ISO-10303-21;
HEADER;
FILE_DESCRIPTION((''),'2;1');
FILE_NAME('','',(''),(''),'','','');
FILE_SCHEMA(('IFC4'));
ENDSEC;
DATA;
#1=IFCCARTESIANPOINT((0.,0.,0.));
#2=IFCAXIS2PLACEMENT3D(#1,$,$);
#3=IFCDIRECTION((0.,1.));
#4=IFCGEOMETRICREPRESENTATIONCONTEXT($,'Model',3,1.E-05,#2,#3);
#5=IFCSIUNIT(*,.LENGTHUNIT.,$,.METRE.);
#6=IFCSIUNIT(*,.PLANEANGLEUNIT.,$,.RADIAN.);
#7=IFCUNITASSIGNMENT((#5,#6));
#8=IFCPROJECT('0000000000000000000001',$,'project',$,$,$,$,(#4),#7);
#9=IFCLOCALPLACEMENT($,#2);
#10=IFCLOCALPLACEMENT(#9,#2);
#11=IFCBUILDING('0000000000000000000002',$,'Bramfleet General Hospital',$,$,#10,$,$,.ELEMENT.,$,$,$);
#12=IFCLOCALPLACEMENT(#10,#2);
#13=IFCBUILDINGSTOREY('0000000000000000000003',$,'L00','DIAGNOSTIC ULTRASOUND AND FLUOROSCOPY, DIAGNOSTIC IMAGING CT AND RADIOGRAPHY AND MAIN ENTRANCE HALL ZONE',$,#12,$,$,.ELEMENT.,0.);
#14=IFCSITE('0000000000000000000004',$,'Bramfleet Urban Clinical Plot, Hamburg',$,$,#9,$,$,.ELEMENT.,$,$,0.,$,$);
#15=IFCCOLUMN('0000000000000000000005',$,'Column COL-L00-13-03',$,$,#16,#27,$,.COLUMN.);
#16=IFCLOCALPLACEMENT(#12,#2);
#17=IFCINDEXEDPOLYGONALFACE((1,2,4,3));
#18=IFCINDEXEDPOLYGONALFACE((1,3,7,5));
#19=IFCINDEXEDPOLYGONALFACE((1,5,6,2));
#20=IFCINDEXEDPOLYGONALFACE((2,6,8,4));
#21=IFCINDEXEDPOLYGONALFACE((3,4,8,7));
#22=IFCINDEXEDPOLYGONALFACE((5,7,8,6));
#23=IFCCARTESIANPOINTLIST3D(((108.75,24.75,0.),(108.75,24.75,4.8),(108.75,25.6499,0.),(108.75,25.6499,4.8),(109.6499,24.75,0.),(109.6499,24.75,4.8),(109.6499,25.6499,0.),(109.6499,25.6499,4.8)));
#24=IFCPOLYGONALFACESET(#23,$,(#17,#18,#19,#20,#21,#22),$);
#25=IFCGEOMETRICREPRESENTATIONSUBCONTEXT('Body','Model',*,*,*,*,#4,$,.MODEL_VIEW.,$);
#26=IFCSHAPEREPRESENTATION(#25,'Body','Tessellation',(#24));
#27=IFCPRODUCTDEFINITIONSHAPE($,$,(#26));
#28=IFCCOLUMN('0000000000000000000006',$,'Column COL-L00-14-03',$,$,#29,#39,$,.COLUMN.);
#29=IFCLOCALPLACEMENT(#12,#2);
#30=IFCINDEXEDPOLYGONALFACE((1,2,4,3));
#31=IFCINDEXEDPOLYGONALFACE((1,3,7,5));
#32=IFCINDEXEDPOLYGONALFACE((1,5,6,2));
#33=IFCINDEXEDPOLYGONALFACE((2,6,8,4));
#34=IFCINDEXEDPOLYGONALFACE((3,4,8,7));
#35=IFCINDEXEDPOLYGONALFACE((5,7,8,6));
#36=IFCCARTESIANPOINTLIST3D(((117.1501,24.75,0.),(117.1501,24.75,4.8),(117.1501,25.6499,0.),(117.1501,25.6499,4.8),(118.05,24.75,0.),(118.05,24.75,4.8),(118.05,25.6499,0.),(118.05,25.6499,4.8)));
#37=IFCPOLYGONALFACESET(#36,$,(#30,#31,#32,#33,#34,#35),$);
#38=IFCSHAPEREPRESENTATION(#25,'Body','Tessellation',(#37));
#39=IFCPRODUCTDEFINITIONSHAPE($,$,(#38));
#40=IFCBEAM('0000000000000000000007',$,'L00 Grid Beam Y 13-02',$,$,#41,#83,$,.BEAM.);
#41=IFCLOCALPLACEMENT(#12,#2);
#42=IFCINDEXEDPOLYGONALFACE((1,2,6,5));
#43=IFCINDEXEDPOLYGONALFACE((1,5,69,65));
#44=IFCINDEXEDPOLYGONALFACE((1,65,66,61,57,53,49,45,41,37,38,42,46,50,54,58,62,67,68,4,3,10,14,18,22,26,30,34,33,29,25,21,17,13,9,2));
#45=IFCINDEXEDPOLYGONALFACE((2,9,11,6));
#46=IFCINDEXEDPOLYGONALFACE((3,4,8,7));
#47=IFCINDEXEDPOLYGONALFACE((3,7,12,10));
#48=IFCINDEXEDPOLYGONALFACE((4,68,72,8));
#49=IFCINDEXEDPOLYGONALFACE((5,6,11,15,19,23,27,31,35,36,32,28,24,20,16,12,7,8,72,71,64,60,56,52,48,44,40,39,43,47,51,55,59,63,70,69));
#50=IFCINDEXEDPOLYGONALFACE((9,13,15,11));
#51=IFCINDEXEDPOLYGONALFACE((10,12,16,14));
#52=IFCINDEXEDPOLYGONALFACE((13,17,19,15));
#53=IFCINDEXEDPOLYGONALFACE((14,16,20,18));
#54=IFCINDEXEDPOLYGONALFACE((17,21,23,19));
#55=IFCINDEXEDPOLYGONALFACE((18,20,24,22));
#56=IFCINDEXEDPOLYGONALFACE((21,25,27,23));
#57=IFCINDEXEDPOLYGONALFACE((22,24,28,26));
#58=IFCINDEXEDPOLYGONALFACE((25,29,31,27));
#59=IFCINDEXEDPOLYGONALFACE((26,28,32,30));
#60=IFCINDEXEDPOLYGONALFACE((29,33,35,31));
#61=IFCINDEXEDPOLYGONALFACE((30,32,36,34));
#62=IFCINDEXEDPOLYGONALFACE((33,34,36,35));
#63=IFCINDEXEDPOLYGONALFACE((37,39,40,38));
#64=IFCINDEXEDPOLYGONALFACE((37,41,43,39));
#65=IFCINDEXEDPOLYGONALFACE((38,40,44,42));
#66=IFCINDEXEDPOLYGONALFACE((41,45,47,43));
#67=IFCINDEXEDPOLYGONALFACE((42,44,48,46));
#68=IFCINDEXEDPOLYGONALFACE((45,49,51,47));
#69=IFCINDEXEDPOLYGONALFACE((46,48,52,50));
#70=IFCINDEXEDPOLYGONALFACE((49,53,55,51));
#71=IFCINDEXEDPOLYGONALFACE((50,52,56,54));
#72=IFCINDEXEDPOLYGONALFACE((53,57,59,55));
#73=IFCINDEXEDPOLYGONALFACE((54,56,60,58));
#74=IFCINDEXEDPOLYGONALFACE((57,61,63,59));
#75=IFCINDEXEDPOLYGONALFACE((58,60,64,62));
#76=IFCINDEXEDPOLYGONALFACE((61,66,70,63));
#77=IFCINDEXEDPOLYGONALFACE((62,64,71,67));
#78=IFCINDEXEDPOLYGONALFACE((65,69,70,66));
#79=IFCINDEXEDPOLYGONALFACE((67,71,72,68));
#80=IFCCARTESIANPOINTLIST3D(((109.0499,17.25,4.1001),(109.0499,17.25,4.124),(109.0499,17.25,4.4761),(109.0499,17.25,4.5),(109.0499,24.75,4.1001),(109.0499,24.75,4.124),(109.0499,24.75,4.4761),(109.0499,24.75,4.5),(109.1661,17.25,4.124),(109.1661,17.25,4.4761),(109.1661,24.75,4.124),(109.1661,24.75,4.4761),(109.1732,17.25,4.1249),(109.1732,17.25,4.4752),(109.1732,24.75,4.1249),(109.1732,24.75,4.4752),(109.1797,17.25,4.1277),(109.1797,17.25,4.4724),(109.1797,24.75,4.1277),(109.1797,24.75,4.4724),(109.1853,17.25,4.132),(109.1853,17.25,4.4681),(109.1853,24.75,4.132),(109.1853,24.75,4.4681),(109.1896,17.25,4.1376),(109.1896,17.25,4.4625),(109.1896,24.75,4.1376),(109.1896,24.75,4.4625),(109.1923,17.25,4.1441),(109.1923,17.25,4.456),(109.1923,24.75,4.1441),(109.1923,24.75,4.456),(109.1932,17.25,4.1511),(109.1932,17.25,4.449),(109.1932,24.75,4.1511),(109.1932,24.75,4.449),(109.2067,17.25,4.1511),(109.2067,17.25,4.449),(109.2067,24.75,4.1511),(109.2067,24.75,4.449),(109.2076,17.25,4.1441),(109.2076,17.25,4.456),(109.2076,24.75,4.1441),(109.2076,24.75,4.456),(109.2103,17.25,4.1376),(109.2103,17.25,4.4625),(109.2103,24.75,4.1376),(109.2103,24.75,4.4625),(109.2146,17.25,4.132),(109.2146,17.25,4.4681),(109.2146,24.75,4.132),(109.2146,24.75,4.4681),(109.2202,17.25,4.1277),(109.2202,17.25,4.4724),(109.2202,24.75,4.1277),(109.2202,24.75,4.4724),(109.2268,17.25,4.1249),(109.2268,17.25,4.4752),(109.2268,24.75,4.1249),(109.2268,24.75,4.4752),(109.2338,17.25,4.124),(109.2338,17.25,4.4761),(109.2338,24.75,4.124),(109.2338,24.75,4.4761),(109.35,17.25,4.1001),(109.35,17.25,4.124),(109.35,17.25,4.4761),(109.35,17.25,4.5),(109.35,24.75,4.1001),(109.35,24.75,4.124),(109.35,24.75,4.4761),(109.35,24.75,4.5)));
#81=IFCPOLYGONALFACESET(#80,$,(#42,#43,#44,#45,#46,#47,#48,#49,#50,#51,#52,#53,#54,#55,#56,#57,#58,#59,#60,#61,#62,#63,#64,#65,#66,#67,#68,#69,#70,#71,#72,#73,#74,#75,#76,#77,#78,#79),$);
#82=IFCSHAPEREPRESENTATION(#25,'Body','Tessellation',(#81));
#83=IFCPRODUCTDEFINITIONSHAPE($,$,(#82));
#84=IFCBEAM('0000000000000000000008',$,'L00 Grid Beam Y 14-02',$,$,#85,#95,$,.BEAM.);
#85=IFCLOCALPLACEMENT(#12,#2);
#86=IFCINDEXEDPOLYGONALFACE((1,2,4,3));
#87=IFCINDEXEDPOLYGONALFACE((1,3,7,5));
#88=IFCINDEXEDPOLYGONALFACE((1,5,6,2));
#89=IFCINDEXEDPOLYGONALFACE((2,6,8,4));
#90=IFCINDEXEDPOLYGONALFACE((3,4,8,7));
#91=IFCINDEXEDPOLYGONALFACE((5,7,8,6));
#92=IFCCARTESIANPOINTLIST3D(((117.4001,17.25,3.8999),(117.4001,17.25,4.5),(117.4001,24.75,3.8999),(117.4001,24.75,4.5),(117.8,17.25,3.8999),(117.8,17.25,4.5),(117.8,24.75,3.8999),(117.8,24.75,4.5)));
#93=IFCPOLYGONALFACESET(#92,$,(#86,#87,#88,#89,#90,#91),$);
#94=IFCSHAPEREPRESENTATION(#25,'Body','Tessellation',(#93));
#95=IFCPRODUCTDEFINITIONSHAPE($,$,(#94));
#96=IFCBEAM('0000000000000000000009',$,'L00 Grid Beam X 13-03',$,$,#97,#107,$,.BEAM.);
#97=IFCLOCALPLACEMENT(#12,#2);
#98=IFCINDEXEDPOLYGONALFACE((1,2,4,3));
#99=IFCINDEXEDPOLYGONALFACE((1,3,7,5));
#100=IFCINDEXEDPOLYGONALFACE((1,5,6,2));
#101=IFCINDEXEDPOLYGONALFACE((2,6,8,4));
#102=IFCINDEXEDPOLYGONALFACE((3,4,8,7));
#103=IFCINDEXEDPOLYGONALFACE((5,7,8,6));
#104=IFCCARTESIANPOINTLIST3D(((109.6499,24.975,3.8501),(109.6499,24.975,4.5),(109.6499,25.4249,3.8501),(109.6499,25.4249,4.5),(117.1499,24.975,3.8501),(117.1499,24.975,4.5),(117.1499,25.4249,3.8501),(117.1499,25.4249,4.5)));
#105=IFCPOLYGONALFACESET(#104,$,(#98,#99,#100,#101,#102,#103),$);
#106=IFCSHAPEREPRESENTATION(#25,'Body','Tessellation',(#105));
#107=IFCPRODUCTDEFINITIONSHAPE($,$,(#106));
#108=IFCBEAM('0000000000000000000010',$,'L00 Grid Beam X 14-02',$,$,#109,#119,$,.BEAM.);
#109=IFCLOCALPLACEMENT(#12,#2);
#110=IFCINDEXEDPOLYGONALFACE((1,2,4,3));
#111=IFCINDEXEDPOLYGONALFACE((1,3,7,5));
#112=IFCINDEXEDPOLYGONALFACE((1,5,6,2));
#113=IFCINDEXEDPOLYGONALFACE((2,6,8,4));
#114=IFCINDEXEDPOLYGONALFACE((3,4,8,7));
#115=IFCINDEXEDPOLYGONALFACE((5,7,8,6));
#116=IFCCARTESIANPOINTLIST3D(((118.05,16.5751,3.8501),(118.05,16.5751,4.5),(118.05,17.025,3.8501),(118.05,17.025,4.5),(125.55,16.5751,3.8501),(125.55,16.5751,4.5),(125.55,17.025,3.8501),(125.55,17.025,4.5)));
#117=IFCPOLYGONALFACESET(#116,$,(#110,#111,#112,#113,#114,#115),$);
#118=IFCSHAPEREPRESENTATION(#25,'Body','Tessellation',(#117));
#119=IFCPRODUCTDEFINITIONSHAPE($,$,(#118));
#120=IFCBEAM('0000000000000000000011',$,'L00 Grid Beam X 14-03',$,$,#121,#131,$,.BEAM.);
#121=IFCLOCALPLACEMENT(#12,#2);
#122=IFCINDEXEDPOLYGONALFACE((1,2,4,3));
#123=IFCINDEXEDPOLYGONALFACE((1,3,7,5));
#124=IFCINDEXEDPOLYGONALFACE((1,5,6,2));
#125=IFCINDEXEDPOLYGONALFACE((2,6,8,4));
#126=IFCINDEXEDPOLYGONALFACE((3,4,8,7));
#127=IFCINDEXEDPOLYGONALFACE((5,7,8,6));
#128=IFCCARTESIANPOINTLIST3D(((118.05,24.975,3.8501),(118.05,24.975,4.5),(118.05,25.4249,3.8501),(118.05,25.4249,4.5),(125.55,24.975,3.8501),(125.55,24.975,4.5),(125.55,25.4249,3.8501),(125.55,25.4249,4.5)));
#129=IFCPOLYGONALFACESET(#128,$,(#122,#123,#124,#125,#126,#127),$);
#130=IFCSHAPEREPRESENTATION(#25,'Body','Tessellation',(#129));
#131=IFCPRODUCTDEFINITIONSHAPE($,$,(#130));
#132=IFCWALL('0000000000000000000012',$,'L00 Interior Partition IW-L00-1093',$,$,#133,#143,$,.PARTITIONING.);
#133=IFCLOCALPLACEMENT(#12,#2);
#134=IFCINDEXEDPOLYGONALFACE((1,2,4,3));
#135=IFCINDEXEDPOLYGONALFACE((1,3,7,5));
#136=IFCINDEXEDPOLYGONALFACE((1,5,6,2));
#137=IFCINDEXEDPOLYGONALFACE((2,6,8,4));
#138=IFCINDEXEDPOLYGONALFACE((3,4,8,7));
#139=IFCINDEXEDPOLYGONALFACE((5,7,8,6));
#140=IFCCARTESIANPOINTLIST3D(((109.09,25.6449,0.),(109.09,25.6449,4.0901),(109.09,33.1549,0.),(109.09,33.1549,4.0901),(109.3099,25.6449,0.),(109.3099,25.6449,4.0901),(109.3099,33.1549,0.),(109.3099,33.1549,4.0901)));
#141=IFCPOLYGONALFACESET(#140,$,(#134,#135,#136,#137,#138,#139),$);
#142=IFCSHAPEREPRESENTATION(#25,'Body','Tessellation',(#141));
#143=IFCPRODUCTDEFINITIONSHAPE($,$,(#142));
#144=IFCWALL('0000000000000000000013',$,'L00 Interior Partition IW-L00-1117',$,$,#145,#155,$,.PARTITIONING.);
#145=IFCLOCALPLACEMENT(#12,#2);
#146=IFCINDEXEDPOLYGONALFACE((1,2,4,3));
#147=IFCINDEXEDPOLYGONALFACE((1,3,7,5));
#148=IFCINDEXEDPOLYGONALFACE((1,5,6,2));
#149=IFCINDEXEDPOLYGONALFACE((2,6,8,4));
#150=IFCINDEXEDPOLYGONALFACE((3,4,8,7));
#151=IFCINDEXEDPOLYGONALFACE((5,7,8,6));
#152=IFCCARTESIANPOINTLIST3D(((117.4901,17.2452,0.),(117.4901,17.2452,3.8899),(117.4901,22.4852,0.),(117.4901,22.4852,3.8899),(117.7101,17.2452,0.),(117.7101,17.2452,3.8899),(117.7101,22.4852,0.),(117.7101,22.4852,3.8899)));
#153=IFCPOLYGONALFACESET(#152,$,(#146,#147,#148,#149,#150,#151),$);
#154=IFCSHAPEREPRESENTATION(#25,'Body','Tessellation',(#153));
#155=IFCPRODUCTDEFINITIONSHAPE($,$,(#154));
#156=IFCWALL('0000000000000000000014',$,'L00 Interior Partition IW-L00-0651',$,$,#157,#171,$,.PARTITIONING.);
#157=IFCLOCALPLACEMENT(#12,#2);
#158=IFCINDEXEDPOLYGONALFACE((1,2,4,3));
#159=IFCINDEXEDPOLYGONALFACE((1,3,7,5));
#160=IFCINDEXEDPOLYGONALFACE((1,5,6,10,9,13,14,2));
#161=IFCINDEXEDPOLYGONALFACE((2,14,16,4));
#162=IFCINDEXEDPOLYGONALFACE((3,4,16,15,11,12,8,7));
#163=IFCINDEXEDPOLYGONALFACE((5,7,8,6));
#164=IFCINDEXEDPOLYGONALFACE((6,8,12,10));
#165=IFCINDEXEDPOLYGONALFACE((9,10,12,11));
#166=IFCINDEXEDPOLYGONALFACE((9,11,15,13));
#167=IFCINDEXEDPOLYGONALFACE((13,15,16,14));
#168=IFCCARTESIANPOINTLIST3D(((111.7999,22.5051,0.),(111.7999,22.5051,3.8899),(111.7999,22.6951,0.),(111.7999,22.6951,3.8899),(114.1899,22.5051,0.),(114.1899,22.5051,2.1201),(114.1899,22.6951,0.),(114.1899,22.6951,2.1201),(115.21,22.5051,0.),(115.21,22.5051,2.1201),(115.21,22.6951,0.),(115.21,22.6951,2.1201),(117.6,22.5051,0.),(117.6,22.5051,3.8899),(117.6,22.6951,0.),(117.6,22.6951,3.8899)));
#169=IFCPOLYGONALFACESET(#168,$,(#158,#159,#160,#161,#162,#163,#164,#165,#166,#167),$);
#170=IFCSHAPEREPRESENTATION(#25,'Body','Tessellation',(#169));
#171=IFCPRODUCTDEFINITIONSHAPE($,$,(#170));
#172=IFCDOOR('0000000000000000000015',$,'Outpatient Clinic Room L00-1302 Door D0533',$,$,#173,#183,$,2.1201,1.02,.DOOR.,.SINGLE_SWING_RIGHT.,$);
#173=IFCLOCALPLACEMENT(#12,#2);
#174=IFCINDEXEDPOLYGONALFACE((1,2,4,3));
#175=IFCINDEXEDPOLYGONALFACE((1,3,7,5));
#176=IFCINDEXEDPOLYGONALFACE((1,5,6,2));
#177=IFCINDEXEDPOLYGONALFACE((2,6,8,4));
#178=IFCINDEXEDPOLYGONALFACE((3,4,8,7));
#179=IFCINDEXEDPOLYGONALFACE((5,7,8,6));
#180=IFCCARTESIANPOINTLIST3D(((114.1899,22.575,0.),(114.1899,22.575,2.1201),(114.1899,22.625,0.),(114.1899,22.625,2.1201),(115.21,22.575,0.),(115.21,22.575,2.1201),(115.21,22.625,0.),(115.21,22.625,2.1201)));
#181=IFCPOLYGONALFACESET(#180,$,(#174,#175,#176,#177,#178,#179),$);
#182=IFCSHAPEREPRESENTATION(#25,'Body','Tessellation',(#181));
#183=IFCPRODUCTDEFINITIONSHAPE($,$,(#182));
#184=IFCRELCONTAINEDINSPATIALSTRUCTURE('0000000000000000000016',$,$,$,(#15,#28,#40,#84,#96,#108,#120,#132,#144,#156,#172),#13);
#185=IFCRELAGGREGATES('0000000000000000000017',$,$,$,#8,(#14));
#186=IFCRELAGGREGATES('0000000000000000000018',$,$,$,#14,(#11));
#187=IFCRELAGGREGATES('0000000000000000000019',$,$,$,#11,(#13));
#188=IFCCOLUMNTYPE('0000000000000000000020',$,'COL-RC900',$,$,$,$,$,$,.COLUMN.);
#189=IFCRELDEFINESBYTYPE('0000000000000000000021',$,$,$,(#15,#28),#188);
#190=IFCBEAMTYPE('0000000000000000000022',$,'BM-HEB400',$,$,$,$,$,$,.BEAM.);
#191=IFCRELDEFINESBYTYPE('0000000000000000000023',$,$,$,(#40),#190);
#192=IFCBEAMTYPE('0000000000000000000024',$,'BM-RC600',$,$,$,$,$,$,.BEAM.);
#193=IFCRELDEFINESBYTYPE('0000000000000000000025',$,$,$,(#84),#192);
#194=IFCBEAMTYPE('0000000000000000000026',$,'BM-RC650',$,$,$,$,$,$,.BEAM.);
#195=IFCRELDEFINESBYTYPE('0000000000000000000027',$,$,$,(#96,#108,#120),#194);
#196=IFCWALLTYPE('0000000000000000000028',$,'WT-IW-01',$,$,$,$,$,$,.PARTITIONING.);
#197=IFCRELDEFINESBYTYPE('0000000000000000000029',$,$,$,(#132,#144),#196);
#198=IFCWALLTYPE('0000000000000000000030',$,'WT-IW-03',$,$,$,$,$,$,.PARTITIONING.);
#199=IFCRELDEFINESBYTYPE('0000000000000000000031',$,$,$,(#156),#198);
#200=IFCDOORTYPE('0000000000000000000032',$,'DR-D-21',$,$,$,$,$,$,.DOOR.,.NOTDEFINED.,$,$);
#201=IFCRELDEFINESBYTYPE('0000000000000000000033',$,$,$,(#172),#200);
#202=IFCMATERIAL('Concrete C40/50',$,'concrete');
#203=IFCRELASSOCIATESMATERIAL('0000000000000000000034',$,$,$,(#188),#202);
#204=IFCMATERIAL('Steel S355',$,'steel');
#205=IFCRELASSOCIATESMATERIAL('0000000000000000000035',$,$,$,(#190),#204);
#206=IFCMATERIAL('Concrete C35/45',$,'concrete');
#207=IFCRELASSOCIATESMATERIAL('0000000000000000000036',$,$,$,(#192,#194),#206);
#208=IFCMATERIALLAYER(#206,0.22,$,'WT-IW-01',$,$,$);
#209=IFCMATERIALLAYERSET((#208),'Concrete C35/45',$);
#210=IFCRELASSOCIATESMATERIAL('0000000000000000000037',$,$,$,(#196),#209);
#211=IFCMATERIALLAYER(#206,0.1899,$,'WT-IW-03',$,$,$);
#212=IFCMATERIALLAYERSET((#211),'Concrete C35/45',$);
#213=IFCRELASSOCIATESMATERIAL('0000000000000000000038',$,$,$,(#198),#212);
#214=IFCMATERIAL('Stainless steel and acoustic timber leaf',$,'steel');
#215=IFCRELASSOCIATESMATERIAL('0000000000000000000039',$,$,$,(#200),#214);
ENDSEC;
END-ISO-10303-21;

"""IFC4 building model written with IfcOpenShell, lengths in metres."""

from ifc_helpers import new_model, si_unit, direction, frame, frame_2d, origin, origin_2d, place, context, subcontext, project, spatial, rectangle, i_section, extrude, material, layer, layer_set, material_profile, profile_set, type_object, element, fill, save


model = new_model("IFC4")

# Units and contexts
model_context = context("Model", 3, precision=1e-05, world=origin(), true_north=direction((0.0, 1.0)))
body_context = subcontext(model_context, "Body", "Model", "MODEL_VIEW")
ifc_project = project(units=[si_unit("LENGTHUNIT", "METRE"), si_unit("PLANEANGLEUNIT", "RADIAN")], contexts=[model_context])

# Site, building, storey
site_placement = place(None, origin())
site = spatial("IfcSite", under=ifc_project, at=site_placement, Name="Bramfleet Urban Clinical Plot, Hamburg", CompositionType="ELEMENT", RefElevation=0.0)
building_placement = place(site_placement, origin())
building = spatial("IfcBuilding", under=site, at=building_placement, Name="Bramfleet General Hospital", CompositionType="ELEMENT")
storey_placement = place(building_placement, origin())
storey = spatial("IfcBuildingStorey", under=building, at=storey_placement, Name="L00", Description="DIAGNOSTIC ULTRASOUND AND FLUOROSCOPY, DIAGNOSTIC IMAGING CT AND RADIOGRAPHY AND MAIN ENTRANCE HALL ZONE", CompositionType="ELEMENT", Elevation=0.0)

# Columns
ifc_material_1 = material(Name="Concrete C40/50", Category="concrete")
ifc_material_profile_1 = material_profile(ifc_material_1, rectangle(XDim=0.8999, YDim=0.8999, at=origin_2d()), Name="RC COL 900x900")
ifc_profile_set_1 = profile_set([ifc_material_profile_1], Name="Concrete C40/50")
column_type = type_object("IfcColumnType", Name="COL-RC900", PredefinedType="COLUMN", material=ifc_profile_set_1)
for number, where, z_axis, x_axis, name in (
    (1, (109.2, 25.2, 0.0), (0.0, 0.0, 1.0), (1.0, 0.0, 0.0), "Column COL-L00-13-03"),
    (2, (117.6001, 25.2, 0.0), (0.0, 0.0, 1.0), (1.0, 0.0, 0.0), "Column COL-L00-14-03"),
):
    element("IfcColumn", number, at=place(storey_placement, frame(where, z_axis=z_axis, x_axis=x_axis)), inside=storey, type_object=column_type, Name=name, PredefinedType="COLUMN", context=body_context, shape_type="SweptSolid", body=[
        extrude(rectangle(XDim=0.8999, YDim=0.8999, at=origin_2d()), origin(), (0.0, 0.0, 1.0), 4.8),
    ])

# Beams
ifc_material_2 = material(Name="Steel S355", Category="steel")
ifc_material_profile_2 = material_profile(ifc_material_2, i_section(OverallWidth=0.3, OverallDepth=0.3999, WebThickness=0.0134, FlangeThickness=0.0239, FilletRadius=0.0271, at=origin_2d()), Name="HEB 400")
ifc_profile_set_2 = profile_set([ifc_material_profile_2], Name="Steel S355")
beam_type_1 = type_object("IfcBeamType", Name="BM-HEB400", PredefinedType="BEAM", material=ifc_profile_set_2)
beam_1_placement = place(storey_placement, frame((109.2, 17.25, 4.3), z_axis=(0.0, 1.0, 0.0), x_axis=(-1.0, 0.0, 0.0)))
element("IfcBeam", 3, at=beam_1_placement, inside=storey, type_object=beam_type_1, Name="L00 Grid Beam Y 13-02", PredefinedType="BEAM", context=body_context, shape_type="SweptSolid", body=[
    extrude(i_section(OverallWidth=0.3, OverallDepth=0.3999, WebThickness=0.0134, FlangeThickness=0.0239, FilletRadius=0.0271, at=origin_2d()), origin(), (0.0, 0.0, 1.0), 7.5),
])
ifc_material_3 = material(Name="Concrete C35/45", Category="concrete")
ifc_material_profile_3 = material_profile(ifc_material_3, rectangle(XDim=0.3999, YDim=0.6001, at=origin_2d()), Name="RC BM 600x400")
ifc_profile_set_3 = profile_set([ifc_material_profile_3], Name="Concrete C35/45")
beam_type_2 = type_object("IfcBeamType", Name="BM-RC600", PredefinedType="BEAM", material=ifc_profile_set_3)
beam_2_placement = place(storey_placement, frame((117.6001, 17.25, 4.2), z_axis=(0.0, 1.0, 0.0), x_axis=(-1.0, 0.0, 0.0)))
element("IfcBeam", 4, at=beam_2_placement, inside=storey, type_object=beam_type_2, Name="L00 Grid Beam Y 14-02", PredefinedType="BEAM", context=body_context, shape_type="SweptSolid", body=[
    extrude(rectangle(XDim=0.3999, YDim=0.6001, at=origin_2d()), origin(), (0.0, 0.0, 1.0), 7.5),
])
ifc_material_profile_4 = material_profile(ifc_material_3, rectangle(XDim=0.45, YDim=0.6499, at=origin_2d()), Name="RC BM 650x450")
ifc_profile_set_4 = profile_set([ifc_material_profile_4], Name="Concrete C35/45")
beam_type_3 = type_object("IfcBeamType", Name="BM-RC650", PredefinedType="BEAM", material=ifc_profile_set_4)
for number, where, z_axis, x_axis, name in (
    (5, (109.6499, 25.2, 4.175), (1.0, 0.0, 0.0), (0.0, 1.0, 0.0), "L00 Grid Beam X 13-03"),
    (6, (118.05, 16.8, 4.175), (1.0, 0.0, 0.0), (0.0, 1.0, 0.0), "L00 Grid Beam X 14-02"),
    (7, (118.05, 25.2, 4.175), (1.0, 0.0, 0.0), (0.0, 1.0, 0.0), "L00 Grid Beam X 14-03"),
):
    element("IfcBeam", number, at=place(storey_placement, frame(where, z_axis=z_axis, x_axis=x_axis)), inside=storey, type_object=beam_type_3, Name=name, PredefinedType="BEAM", context=body_context, shape_type="SweptSolid", body=[
        extrude(rectangle(XDim=0.45, YDim=0.6499, at=origin_2d()), origin(), (0.0, 0.0, 1.0), 7.5),
    ])

# Walls
ifc_layer_1 = layer(ifc_material_3, 0.22, Name="WT-IW-01")
ifc_layer_set_1 = layer_set([ifc_layer_1], Name="Concrete C35/45")
wall_type_1 = type_object("IfcWallType", Name="WT-IW-01", PredefinedType="PARTITIONING", material=ifc_layer_set_1)
wall_1_placement = place(storey_placement, frame((109.2, 25.645, 0.0), z_axis=(0.0, 0.0, 1.0), x_axis=(0.0, 1.0, 0.0)))
element("IfcWall", 8, at=wall_1_placement, inside=storey, type_object=wall_type_1, Name="L00 Interior Partition IW-L00-1093", PredefinedType="PARTITIONING", context=body_context, shape_type="SweptSolid", body=[
    extrude(rectangle(XDim=7.51, YDim=0.22, at=frame_2d((3.7549, 0.0))), origin(), (0.0, 0.0, 1.0), 4.0901),
])
wall_2_placement = place(storey_placement, frame((117.6001, 17.2451, 0.0), z_axis=(0.0, 0.0, 1.0), x_axis=(0.0, 1.0, 0.0)))
element("IfcWall", 9, at=wall_2_placement, inside=storey, type_object=wall_type_1, Name="L00 Interior Partition IW-L00-1117", PredefinedType="PARTITIONING", context=body_context, shape_type="SweptSolid", body=[
    extrude(rectangle(XDim=5.24, YDim=0.22, at=frame_2d((2.6201, 0.0))), origin(), (0.0, 0.0, 1.0), 3.8899),
])

# Wall, opening, door
ifc_layer_2 = layer(ifc_material_3, 0.1899, Name="WT-IW-03")
ifc_layer_set_2 = layer_set([ifc_layer_2], Name="Concrete C35/45")
wall_type_2 = type_object("IfcWallType", Name="WT-IW-03", PredefinedType="PARTITIONING", material=ifc_layer_set_2)
wall_3_placement = place(storey_placement, frame((111.8, 22.6001, 0.0), z_axis=(0.0, 0.0, 1.0), x_axis=(1.0, 0.0, 0.0)))
wall_3 = element("IfcWall", 10, at=wall_3_placement, inside=storey, type_object=wall_type_2, Name="L00 Interior Partition IW-L00-0651", PredefinedType="PARTITIONING", context=body_context, shape_type="SweptSolid", body=[
    extrude(rectangle(XDim=5.8, YDim=0.1899, at=frame_2d((2.8999, 0.0))), origin(), (0.0, 0.0, 1.0), 3.8899),
])
opening_1_placement = place(wall_3_placement, frame((2.3899, 0.0, 0.0)))
opening_1 = element("IfcOpeningElement", 11, at=opening_1_placement, cuts=wall_3, PredefinedType="OPENING", context=body_context, shape_type="SweptSolid", body=[
    extrude(rectangle(XDim=1.02, YDim=2.1201, at=frame_2d((0.51, 1.0601))), frame((0.0, 0.105, 0.0), z_axis=(0.0, -1.0, 0.0), x_axis=(1.0, 0.0, 0.0)), (0.0, 0.0, 1.0), 0.21),
])
ifc_material_4 = material(Name="Stainless steel and acoustic timber leaf", Category="steel")
door_type_1 = type_object("IfcDoorType", Name="DR-D-21", OperationType="NOTDEFINED", PredefinedType="DOOR", material=ifc_material_4)
door_1_placement = place(opening_1_placement, origin())
door_1 = element("IfcDoor", 12, at=door_1_placement, inside=storey, type_object=door_type_1, Name="Outpatient Clinic Room L00-1302 Door D0533", OperationType="SINGLE_SWING_RIGHT", OverallHeight=2.1201, OverallWidth=1.02, PredefinedType="DOOR", context=body_context, shape_type="SweptSolid", body=[
    extrude(rectangle(XDim=1.02, YDim=2.1201, at=frame_2d((0.51, 1.0601))), frame((0.0, 0.0249, 0.0), z_axis=(0.0, -1.0, 0.0), x_axis=(1.0, 0.0, 0.0)), (0.0, 0.0, 1.0), 0.05),
])
fill(opening_1, door_1)

save(model, "model.ifc")
